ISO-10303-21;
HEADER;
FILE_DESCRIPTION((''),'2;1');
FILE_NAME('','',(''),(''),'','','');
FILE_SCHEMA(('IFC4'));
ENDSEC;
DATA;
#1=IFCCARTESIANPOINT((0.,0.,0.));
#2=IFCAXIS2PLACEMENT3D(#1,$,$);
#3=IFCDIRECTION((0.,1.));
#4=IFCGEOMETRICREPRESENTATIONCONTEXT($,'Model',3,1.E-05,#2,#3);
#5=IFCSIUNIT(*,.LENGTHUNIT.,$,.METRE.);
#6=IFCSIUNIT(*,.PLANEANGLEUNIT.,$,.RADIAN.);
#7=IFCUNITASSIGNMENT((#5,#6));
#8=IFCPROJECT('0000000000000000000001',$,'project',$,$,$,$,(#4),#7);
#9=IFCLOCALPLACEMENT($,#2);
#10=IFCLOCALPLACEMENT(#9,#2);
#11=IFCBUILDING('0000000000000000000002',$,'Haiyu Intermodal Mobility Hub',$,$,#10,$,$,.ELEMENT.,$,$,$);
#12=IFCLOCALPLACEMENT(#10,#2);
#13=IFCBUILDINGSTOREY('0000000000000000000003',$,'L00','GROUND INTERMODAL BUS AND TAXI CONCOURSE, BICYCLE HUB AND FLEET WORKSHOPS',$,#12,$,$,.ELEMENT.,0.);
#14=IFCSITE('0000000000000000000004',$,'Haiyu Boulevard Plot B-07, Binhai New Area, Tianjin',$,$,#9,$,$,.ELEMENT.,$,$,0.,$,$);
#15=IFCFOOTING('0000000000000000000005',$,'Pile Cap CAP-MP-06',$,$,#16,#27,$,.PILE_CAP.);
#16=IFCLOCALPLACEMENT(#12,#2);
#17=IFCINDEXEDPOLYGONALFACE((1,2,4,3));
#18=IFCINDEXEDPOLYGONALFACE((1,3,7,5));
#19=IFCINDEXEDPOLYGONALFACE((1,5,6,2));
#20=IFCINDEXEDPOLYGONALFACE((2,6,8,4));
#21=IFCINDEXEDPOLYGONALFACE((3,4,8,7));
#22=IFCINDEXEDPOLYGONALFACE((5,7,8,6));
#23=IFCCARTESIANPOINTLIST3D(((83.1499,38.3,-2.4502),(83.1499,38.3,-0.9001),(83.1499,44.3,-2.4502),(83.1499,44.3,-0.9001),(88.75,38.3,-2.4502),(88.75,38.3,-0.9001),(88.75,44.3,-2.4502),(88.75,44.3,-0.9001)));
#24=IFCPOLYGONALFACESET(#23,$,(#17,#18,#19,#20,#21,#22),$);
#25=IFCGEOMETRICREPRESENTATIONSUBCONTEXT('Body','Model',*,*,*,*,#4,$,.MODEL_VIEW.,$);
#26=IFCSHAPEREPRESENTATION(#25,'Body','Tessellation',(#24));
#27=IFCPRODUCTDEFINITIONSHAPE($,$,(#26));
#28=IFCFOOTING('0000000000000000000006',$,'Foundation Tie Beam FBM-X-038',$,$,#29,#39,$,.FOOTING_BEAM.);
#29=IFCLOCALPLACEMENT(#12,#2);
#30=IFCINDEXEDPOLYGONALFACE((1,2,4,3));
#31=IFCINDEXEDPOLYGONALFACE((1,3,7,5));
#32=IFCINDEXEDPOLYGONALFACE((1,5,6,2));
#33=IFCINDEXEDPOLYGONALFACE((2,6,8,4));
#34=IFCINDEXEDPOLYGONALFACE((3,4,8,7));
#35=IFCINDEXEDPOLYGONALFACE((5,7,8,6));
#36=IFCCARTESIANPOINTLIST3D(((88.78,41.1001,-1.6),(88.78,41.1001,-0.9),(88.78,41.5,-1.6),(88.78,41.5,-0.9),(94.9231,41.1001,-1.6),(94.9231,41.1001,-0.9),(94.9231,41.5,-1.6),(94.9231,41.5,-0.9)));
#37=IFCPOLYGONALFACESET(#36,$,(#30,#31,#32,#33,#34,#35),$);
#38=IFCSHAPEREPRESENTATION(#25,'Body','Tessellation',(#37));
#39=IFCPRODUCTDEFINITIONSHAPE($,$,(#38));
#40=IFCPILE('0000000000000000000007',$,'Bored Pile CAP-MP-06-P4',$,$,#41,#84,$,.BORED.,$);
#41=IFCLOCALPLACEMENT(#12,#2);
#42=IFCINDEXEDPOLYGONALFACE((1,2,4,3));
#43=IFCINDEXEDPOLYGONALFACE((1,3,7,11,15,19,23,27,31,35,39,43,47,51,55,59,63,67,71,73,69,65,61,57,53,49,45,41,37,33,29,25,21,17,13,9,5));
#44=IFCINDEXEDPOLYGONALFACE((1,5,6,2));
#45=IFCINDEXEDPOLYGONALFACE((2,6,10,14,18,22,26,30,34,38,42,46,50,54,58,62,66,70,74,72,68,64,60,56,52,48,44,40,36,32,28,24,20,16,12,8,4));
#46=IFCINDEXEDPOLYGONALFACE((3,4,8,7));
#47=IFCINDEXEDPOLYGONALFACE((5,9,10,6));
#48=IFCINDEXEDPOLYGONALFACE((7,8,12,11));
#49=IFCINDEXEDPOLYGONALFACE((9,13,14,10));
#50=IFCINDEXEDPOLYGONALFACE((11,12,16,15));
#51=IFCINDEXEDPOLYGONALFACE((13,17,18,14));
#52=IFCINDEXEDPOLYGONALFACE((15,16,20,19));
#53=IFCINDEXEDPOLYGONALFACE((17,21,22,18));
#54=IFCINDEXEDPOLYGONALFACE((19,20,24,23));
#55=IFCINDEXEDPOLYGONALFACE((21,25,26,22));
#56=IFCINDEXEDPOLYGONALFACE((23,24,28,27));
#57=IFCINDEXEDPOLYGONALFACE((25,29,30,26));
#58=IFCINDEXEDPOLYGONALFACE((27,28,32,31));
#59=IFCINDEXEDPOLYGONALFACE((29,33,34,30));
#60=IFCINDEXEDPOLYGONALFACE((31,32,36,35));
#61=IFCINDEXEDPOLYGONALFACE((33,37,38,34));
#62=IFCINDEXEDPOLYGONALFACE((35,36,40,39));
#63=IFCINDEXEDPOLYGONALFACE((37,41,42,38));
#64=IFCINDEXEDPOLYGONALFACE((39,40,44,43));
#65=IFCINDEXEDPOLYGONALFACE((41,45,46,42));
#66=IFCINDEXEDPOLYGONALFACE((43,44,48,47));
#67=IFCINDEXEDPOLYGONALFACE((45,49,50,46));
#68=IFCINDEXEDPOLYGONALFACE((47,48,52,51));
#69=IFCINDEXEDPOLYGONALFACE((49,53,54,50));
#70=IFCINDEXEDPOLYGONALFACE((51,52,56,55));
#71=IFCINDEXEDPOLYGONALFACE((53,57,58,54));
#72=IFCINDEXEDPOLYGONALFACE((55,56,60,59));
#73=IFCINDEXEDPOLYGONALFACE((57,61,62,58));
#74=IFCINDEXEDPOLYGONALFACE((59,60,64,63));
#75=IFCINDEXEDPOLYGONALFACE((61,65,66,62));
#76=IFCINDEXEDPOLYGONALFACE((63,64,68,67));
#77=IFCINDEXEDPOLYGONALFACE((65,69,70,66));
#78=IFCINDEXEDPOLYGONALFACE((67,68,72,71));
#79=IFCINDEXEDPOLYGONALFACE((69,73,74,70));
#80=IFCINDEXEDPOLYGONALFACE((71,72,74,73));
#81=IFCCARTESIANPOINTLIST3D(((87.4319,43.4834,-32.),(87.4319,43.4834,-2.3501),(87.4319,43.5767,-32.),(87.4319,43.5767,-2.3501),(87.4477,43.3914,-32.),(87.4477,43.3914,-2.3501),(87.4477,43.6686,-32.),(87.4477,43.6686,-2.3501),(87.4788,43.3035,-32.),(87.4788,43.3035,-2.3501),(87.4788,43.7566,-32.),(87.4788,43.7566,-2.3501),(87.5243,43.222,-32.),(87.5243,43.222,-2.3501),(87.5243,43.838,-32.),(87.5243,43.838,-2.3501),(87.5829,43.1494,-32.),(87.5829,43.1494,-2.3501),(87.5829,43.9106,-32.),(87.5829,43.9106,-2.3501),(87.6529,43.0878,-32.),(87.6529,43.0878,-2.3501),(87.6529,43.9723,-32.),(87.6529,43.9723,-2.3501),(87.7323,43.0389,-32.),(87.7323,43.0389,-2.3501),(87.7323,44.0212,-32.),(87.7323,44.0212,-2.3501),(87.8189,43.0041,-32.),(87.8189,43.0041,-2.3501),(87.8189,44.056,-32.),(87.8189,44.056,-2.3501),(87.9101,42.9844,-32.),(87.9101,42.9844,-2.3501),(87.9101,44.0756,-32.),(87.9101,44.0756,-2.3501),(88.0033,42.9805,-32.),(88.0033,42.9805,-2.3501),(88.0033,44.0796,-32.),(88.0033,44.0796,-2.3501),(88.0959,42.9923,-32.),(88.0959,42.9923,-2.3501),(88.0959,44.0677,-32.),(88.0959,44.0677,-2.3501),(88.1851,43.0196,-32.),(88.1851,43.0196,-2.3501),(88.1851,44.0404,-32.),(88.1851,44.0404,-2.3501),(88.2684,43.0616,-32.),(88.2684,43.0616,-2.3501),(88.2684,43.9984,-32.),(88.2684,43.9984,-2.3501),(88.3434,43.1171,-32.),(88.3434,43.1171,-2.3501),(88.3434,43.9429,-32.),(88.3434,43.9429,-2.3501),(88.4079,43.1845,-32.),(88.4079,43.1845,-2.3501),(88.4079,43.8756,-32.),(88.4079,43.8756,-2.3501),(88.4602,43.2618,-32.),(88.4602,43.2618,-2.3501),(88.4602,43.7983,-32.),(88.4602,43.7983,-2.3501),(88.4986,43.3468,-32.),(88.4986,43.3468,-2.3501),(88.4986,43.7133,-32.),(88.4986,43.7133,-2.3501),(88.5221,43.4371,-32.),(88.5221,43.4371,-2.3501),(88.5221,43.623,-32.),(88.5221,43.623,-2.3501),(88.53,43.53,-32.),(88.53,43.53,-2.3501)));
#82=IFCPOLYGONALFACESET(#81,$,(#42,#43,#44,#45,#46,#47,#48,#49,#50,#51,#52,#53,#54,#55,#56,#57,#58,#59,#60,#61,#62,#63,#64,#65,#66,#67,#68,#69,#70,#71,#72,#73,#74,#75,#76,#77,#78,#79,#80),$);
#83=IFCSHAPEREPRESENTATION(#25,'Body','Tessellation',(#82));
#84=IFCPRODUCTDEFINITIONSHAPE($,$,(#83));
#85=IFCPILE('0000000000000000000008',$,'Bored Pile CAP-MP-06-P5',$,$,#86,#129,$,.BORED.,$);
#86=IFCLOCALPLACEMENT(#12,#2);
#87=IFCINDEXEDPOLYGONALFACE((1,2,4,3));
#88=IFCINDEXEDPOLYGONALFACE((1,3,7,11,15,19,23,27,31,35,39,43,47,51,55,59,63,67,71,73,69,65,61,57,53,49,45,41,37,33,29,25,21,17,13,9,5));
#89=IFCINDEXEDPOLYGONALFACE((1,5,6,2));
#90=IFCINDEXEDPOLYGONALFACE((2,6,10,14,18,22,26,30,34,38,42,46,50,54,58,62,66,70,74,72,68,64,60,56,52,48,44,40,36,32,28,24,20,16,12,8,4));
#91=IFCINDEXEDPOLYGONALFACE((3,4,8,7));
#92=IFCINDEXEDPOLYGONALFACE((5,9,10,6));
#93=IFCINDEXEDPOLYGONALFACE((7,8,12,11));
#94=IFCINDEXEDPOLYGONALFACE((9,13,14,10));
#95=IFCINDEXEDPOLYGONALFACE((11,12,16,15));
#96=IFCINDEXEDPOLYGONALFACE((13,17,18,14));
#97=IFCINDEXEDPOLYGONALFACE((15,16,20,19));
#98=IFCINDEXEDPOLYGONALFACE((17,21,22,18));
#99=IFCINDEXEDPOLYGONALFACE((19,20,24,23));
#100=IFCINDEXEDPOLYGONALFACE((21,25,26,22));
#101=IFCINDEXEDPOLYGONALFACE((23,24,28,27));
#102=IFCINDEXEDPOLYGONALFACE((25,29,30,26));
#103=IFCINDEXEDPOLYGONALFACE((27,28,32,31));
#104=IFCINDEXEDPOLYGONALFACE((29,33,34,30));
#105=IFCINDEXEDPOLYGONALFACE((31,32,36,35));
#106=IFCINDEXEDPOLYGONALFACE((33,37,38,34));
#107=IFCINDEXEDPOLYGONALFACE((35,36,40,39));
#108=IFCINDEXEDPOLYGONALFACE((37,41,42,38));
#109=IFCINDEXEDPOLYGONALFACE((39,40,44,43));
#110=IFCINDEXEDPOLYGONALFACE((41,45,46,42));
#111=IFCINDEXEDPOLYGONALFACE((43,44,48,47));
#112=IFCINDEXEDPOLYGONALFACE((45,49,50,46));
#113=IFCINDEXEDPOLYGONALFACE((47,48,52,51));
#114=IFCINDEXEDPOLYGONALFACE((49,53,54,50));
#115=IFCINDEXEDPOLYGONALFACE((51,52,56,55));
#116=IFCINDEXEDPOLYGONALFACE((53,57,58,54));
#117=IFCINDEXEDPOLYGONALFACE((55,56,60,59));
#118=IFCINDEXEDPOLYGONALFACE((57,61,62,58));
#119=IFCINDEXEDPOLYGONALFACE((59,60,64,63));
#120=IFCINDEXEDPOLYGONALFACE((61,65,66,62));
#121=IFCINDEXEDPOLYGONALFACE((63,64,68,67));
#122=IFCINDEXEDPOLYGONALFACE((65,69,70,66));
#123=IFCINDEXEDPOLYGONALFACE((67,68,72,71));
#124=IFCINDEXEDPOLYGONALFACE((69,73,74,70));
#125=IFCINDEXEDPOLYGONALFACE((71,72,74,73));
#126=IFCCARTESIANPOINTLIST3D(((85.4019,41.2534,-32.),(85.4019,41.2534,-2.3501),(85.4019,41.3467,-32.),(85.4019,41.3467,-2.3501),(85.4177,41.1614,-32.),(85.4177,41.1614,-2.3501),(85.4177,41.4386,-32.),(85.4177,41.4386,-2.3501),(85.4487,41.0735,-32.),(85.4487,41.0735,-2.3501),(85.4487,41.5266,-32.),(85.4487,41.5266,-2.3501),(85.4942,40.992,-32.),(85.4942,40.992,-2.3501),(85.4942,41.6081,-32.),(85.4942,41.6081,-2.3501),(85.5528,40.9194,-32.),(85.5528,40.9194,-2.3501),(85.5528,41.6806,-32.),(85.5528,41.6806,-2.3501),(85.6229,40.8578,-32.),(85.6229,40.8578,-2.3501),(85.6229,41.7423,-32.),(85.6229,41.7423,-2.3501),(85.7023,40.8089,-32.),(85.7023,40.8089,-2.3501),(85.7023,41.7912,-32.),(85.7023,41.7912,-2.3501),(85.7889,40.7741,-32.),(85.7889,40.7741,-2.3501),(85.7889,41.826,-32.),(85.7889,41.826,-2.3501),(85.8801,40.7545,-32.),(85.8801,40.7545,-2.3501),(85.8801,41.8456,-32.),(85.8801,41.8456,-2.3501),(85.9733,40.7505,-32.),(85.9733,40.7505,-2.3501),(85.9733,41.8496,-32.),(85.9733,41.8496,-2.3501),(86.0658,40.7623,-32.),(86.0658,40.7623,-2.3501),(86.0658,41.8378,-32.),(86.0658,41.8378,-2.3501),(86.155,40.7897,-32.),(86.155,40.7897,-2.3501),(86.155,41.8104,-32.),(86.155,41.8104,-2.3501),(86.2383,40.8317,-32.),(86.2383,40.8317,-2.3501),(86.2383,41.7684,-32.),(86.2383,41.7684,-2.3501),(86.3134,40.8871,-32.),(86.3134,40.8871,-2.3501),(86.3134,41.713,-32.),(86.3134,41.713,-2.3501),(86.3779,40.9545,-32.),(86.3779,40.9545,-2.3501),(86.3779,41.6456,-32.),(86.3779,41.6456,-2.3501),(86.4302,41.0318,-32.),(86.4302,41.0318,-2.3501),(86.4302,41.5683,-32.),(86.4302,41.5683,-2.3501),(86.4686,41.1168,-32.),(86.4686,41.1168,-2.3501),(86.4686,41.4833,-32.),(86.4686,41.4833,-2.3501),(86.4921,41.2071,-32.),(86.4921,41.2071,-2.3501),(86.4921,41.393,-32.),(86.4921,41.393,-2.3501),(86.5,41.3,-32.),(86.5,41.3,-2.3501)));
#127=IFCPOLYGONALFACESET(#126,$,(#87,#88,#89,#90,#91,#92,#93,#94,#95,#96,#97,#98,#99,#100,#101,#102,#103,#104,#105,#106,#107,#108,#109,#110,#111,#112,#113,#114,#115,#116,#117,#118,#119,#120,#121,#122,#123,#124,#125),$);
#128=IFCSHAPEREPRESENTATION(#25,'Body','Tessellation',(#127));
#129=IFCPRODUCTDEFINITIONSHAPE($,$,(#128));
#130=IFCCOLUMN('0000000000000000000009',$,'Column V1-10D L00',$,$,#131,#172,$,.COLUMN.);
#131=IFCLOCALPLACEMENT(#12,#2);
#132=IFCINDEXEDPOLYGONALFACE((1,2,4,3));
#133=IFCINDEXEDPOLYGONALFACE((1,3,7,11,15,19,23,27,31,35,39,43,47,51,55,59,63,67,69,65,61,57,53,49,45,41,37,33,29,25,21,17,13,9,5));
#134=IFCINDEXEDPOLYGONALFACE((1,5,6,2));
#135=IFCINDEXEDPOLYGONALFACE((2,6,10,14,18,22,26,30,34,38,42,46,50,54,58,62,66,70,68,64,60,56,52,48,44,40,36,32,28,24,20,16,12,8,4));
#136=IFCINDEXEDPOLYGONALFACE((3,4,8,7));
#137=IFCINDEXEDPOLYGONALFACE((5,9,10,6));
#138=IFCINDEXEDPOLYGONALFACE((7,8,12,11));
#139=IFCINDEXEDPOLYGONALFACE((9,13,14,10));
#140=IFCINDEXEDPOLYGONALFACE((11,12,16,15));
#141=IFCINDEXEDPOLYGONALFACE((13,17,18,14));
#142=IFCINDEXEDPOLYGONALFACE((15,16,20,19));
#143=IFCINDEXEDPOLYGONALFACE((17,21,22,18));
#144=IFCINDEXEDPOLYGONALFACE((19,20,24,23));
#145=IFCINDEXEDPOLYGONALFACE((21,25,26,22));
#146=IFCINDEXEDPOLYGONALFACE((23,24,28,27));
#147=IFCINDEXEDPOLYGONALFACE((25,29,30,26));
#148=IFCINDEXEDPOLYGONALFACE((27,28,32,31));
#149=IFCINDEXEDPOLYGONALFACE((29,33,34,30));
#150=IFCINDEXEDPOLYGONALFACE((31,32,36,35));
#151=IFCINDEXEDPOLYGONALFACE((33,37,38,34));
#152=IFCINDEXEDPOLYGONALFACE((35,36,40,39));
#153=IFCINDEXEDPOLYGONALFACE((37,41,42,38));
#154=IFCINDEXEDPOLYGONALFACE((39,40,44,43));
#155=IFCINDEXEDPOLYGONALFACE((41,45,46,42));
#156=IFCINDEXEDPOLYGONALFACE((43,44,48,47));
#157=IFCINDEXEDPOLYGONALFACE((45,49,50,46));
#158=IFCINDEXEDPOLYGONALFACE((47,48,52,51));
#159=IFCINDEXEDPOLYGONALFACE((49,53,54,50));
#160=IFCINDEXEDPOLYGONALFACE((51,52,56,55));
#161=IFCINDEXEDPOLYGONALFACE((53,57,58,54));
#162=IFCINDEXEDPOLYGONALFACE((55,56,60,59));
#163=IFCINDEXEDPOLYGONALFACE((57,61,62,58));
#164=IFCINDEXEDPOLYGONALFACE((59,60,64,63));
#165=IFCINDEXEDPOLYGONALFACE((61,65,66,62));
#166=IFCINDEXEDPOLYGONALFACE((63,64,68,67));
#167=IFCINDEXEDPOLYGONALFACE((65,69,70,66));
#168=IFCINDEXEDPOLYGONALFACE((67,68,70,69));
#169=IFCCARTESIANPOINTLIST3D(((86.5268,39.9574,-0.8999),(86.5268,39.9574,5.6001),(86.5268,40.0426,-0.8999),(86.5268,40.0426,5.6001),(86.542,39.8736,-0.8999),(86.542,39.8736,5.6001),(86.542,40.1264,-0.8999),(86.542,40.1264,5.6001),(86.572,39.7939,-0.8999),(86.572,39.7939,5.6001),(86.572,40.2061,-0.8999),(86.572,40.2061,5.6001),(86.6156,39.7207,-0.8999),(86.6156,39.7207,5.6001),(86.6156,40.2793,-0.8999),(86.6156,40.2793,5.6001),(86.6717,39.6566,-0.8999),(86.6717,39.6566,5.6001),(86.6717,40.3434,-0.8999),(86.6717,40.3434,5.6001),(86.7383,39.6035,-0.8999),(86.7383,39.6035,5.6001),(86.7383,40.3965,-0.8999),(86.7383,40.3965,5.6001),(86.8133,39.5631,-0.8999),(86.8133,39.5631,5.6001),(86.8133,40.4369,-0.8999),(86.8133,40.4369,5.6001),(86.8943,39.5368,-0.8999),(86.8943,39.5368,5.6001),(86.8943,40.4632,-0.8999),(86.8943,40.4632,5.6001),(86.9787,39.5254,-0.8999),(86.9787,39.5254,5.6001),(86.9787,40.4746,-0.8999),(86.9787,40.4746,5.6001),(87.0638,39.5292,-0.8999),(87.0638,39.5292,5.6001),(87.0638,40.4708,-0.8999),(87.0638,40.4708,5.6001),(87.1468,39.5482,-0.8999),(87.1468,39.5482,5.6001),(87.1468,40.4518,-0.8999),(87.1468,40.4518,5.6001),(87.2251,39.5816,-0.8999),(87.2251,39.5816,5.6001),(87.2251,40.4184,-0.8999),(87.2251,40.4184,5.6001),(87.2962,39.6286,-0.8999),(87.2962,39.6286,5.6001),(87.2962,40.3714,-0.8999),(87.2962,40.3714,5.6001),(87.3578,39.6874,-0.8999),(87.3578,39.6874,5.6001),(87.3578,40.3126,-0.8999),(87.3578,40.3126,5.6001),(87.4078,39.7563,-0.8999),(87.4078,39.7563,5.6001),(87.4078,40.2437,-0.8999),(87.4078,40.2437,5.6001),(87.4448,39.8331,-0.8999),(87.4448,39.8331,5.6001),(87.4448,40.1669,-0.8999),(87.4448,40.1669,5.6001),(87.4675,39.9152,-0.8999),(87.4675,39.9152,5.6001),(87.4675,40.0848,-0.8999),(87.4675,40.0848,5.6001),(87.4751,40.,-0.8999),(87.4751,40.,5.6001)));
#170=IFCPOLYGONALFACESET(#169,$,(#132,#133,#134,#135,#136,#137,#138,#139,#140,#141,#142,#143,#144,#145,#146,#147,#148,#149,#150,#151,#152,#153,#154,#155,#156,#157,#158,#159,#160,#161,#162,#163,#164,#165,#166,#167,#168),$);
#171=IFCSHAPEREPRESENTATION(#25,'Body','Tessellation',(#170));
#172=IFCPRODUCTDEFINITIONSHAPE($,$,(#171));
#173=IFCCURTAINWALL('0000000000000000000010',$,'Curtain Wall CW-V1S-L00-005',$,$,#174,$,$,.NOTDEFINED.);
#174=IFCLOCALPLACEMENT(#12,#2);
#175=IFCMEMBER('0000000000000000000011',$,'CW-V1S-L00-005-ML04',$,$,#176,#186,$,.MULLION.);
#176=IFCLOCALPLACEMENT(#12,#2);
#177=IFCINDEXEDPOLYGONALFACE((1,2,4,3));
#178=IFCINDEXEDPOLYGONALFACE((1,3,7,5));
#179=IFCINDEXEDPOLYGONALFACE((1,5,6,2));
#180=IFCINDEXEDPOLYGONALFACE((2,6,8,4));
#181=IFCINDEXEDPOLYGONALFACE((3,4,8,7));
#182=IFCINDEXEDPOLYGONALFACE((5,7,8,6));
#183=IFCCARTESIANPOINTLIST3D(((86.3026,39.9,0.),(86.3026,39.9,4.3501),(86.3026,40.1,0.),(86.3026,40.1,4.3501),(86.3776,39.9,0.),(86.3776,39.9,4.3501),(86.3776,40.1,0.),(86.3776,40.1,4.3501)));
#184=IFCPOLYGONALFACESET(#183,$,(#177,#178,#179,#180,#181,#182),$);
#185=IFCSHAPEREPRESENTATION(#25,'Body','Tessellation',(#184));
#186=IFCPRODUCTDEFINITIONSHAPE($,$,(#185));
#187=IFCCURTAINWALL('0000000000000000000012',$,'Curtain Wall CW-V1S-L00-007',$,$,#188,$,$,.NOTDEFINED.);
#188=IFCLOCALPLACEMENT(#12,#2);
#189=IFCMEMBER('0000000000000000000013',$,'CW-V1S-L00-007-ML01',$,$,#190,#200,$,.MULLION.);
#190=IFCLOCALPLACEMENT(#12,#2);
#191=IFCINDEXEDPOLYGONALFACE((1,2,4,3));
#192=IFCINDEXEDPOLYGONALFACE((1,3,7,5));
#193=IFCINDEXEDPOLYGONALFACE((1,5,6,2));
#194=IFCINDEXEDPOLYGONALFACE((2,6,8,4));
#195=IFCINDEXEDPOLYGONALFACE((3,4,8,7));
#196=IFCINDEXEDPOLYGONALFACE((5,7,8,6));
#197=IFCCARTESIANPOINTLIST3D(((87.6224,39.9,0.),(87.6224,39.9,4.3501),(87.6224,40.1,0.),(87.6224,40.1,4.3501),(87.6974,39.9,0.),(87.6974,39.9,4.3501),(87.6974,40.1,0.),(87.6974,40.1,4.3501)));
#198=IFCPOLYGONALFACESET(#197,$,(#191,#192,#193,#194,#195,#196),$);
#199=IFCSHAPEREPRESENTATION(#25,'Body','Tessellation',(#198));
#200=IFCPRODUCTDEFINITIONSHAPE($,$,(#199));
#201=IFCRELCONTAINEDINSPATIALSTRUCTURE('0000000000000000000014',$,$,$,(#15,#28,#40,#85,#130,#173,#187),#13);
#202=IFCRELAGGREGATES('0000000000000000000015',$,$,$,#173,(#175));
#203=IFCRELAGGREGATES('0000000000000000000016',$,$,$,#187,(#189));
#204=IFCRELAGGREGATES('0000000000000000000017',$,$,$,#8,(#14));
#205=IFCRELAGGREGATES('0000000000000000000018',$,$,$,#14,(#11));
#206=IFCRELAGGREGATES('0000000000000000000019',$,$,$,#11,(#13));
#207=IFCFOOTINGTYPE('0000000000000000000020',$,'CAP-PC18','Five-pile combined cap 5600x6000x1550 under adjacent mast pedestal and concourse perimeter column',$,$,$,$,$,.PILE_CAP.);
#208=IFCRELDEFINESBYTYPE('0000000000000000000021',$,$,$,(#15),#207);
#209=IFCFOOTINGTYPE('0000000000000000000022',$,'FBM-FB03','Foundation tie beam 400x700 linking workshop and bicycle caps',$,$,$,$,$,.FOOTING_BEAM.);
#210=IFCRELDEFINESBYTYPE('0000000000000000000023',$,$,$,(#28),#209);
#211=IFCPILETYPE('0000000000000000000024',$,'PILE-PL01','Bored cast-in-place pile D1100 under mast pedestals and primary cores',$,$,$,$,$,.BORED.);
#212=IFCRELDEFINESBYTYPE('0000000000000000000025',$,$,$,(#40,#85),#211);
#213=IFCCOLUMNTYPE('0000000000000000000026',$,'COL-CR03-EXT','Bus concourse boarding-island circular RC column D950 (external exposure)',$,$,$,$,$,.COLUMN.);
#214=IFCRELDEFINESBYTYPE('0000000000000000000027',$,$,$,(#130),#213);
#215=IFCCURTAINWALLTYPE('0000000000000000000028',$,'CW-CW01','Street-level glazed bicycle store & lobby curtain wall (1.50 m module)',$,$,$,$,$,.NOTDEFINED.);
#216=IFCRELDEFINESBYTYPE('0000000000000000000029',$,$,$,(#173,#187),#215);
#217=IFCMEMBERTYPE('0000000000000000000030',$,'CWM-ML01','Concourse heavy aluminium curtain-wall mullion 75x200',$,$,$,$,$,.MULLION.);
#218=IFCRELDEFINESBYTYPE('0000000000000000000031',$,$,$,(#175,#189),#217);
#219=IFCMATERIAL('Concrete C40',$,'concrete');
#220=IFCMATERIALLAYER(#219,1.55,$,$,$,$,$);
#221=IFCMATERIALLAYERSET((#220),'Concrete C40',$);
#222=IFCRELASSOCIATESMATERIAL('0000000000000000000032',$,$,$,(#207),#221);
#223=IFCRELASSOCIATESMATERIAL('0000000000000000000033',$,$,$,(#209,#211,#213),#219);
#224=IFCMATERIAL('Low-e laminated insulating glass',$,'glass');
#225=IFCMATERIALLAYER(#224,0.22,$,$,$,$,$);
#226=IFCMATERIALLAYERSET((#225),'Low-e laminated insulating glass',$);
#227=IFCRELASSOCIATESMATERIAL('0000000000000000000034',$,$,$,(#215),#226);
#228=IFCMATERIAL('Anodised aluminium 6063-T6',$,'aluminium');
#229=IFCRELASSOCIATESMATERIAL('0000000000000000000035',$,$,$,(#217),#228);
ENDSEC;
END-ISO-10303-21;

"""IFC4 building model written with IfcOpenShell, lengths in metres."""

from ifc_helpers import new_model, si_unit, direction, frame, origin, origin_2d, place, context, subcontext, project, spatial, rectangle, circle, extrude, material, layer, layer_set, material_profile, profile_set, type_object, element, aggregate, save


model = new_model("IFC4")

# Units and contexts
model_context = context("Model", 3, precision=1e-05, world=origin(), true_north=direction((0.0, 1.0)))
body_context = subcontext(model_context, "Body", "Model", "MODEL_VIEW")
ifc_project = project(units=[si_unit("LENGTHUNIT", "METRE"), si_unit("PLANEANGLEUNIT", "RADIAN")], contexts=[model_context])

# Site, building, storey
site_placement = place(None, origin())
site = spatial("IfcSite", under=ifc_project, at=site_placement, Name="Haiyu Boulevard Plot B-07, Binhai New Area, Tianjin", CompositionType="ELEMENT", RefElevation=0.0)
building_placement = place(site_placement, origin())
building = spatial("IfcBuilding", under=site, at=building_placement, Name="Haiyu Intermodal Mobility Hub", CompositionType="ELEMENT")
storey_placement = place(building_placement, origin())
storey = spatial("IfcBuildingStorey", under=building, at=storey_placement, Name="L00", Description="GROUND INTERMODAL BUS AND TAXI CONCOURSE, BICYCLE HUB AND FLEET WORKSHOPS", CompositionType="ELEMENT", Elevation=0.0)

# Footings
ifc_material_1 = material(Name="Concrete C40", Category="concrete")
ifc_layer_1 = layer(ifc_material_1, 1.55)
ifc_layer_set_1 = layer_set([ifc_layer_1], Name="Concrete C40")
footing_type_1 = type_object("IfcFootingType", Name="CAP-PC18", Description="Five-pile combined cap 5600x6000x1550 under adjacent mast pedestal and concourse perimeter column", PredefinedType="PILE_CAP", material=ifc_layer_set_1)
footing_1_placement = place(storey_placement, frame((85.95, 41.3, -2.4502), z_axis=(0.0, 0.0, 1.0), x_axis=(1.0, 0.0, 0.0)))
element("IfcFooting", 1, at=footing_1_placement, inside=storey, type_object=footing_type_1, Name="Pile Cap CAP-MP-06", PredefinedType="PILE_CAP", context=body_context, shape_type="SweptSolid", body=[
    extrude(rectangle(XDim=5.6001, YDim=6.0, at=origin_2d()), origin(), (0.0, 0.0, 1.0), 1.55),
])
ifc_material_profile_1 = material_profile(ifc_material_1, rectangle(XDim=0.3999, YDim=0.7, at=origin_2d()), Name="FB400x700")
ifc_profile_set_1 = profile_set([ifc_material_profile_1], Name="Concrete C40")
footing_type_2 = type_object("IfcFootingType", Name="FBM-FB03", Description="Foundation tie beam 400x700 linking workshop and bicycle caps", PredefinedType="FOOTING_BEAM", material=ifc_profile_set_1)
footing_2_placement = place(storey_placement, frame((88.78, 41.3, -1.25), z_axis=(1.0, 0.0, 0.0), x_axis=(0.0, 1.0, 0.0)))
element("IfcFooting", 2, at=footing_2_placement, inside=storey, type_object=footing_type_2, Name="Foundation Tie Beam FBM-X-038", PredefinedType="FOOTING_BEAM", context=body_context, shape_type="SweptSolid", body=[
    extrude(rectangle(XDim=0.3999, YDim=0.7, at=origin_2d()), origin(), (0.0, 0.0, 1.0), 6.1431),
])

# Piles
ifc_material_profile_2 = material_profile(ifc_material_1, circle(Radius=0.55, at=origin_2d()), Name="PILE-D1100")
ifc_profile_set_2 = profile_set([ifc_material_profile_2], Name="Concrete C40")
pile_type = type_object("IfcPileType", Name="PILE-PL01", Description="Bored cast-in-place pile D1100 under mast pedestals and primary cores", PredefinedType="BORED", material=ifc_profile_set_2)
for number, where, z_axis, x_axis, name in (
    (3, (87.98, 43.53, -2.3501), (0.0, 0.0, -1.0), (1.0, 0.0, 0.0), "Bored Pile CAP-MP-06-P4"),
    (4, (85.95, 41.3, -2.3501), (0.0, 0.0, -1.0), (1.0, 0.0, 0.0), "Bored Pile CAP-MP-06-P5"),
):
    element("IfcPile", number, at=place(storey_placement, frame(where, z_axis=z_axis, x_axis=x_axis)), inside=storey, type_object=pile_type, Name=name, PredefinedType="BORED", context=body_context, shape_type="SweptSolid", body=[
        extrude(circle(Radius=0.55, at=origin_2d()), origin(), (0.0, 0.0, 1.0), 29.6499),
    ])

# Column
ifc_material_profile_3 = material_profile(ifc_material_1, circle(Radius=0.4751, at=origin_2d()), Name="RCCOL-D950")
ifc_profile_set_3 = profile_set([ifc_material_profile_3], Name="Concrete C40")
column_type = type_object("IfcColumnType", Name="COL-CR03-EXT", Description="Bus concourse boarding-island circular RC column D950 (external exposure)", PredefinedType="COLUMN", material=ifc_profile_set_3)
column_placement = place(storey_placement, frame((87.0, 40.0, -0.8999), z_axis=(0.0, 0.0, 1.0), x_axis=(1.0, 0.0, 0.0)))
element("IfcColumn", 5, at=column_placement, inside=storey, type_object=column_type, Name="Column V1-10D L00", PredefinedType="COLUMN", context=body_context, shape_type="SweptSolid", body=[
    extrude(circle(Radius=0.4751, at=origin_2d()), origin(), (0.0, 0.0, 1.0), 6.5),
])

# Curtain wall, member
ifc_material_2 = material(Name="Low-e laminated insulating glass", Category="glass")
ifc_layer_2 = layer(ifc_material_2, 0.22)
ifc_layer_set_2 = layer_set([ifc_layer_2], Name="Low-e laminated insulating glass")
curtain_wall_type = type_object("IfcCurtainWallType", Name="CW-CW01", Description="Street-level glazed bicycle store & lobby curtain wall (1.50 m module)", PredefinedType="NOTDEFINED", material=ifc_layer_set_2)
curtain_wall_1_placement = place(storey_placement, origin())
curtain_wall_1 = element("IfcCurtainWall", 6, at=curtain_wall_1_placement, inside=storey, type_object=curtain_wall_type, Name="Curtain Wall CW-V1S-L00-005", PredefinedType="NOTDEFINED")
ifc_material_3 = material(Name="Anodised aluminium 6063-T6", Category="aluminium")
ifc_material_profile_4 = material_profile(ifc_material_3, rectangle(XDim=0.075, YDim=0.2, at=origin_2d()), Name="ALU75x200")
ifc_profile_set_4 = profile_set([ifc_material_profile_4], Name="Anodised aluminium 6063-T6")
member_type_1 = type_object("IfcMemberType", Name="CWM-ML01", Description="Concourse heavy aluminium curtain-wall mullion 75x200", PredefinedType="MULLION", material=ifc_profile_set_4)
member_1_placement = place(storey_placement, frame((86.3401, 40.0, 0.0), z_axis=(0.0, 0.0, 1.0), x_axis=(1.0, 0.0, 0.0)))
member_1 = element("IfcMember", 7, at=member_1_placement, type_object=member_type_1, Name="CW-V1S-L00-005-ML04", PredefinedType="MULLION", context=body_context, shape_type="SweptSolid", body=[
    extrude(rectangle(XDim=0.075, YDim=0.2, at=origin_2d()), origin(), (0.0, 0.0, 1.0), 4.3501),
])

# Curtain wall, member
curtain_wall_2_placement = place(storey_placement, origin())
curtain_wall_2 = element("IfcCurtainWall", 8, at=curtain_wall_2_placement, inside=storey, type_object=curtain_wall_type, Name="Curtain Wall CW-V1S-L00-007", PredefinedType="NOTDEFINED")
member_2_placement = place(storey_placement, frame((87.6599, 40.0, 0.0), z_axis=(0.0, 0.0, 1.0), x_axis=(1.0, 0.0, 0.0)))
member_2 = element("IfcMember", 9, at=member_2_placement, type_object=member_type_1, Name="CW-V1S-L00-007-ML01", PredefinedType="MULLION", context=body_context, shape_type="SweptSolid", body=[
    extrude(rectangle(XDim=0.075, YDim=0.2, at=origin_2d()), origin(), (0.0, 0.0, 1.0), 4.3501),
])

aggregate(curtain_wall_1, [member_1])
aggregate(curtain_wall_2, [member_2])

save(model, "model.ifc")
